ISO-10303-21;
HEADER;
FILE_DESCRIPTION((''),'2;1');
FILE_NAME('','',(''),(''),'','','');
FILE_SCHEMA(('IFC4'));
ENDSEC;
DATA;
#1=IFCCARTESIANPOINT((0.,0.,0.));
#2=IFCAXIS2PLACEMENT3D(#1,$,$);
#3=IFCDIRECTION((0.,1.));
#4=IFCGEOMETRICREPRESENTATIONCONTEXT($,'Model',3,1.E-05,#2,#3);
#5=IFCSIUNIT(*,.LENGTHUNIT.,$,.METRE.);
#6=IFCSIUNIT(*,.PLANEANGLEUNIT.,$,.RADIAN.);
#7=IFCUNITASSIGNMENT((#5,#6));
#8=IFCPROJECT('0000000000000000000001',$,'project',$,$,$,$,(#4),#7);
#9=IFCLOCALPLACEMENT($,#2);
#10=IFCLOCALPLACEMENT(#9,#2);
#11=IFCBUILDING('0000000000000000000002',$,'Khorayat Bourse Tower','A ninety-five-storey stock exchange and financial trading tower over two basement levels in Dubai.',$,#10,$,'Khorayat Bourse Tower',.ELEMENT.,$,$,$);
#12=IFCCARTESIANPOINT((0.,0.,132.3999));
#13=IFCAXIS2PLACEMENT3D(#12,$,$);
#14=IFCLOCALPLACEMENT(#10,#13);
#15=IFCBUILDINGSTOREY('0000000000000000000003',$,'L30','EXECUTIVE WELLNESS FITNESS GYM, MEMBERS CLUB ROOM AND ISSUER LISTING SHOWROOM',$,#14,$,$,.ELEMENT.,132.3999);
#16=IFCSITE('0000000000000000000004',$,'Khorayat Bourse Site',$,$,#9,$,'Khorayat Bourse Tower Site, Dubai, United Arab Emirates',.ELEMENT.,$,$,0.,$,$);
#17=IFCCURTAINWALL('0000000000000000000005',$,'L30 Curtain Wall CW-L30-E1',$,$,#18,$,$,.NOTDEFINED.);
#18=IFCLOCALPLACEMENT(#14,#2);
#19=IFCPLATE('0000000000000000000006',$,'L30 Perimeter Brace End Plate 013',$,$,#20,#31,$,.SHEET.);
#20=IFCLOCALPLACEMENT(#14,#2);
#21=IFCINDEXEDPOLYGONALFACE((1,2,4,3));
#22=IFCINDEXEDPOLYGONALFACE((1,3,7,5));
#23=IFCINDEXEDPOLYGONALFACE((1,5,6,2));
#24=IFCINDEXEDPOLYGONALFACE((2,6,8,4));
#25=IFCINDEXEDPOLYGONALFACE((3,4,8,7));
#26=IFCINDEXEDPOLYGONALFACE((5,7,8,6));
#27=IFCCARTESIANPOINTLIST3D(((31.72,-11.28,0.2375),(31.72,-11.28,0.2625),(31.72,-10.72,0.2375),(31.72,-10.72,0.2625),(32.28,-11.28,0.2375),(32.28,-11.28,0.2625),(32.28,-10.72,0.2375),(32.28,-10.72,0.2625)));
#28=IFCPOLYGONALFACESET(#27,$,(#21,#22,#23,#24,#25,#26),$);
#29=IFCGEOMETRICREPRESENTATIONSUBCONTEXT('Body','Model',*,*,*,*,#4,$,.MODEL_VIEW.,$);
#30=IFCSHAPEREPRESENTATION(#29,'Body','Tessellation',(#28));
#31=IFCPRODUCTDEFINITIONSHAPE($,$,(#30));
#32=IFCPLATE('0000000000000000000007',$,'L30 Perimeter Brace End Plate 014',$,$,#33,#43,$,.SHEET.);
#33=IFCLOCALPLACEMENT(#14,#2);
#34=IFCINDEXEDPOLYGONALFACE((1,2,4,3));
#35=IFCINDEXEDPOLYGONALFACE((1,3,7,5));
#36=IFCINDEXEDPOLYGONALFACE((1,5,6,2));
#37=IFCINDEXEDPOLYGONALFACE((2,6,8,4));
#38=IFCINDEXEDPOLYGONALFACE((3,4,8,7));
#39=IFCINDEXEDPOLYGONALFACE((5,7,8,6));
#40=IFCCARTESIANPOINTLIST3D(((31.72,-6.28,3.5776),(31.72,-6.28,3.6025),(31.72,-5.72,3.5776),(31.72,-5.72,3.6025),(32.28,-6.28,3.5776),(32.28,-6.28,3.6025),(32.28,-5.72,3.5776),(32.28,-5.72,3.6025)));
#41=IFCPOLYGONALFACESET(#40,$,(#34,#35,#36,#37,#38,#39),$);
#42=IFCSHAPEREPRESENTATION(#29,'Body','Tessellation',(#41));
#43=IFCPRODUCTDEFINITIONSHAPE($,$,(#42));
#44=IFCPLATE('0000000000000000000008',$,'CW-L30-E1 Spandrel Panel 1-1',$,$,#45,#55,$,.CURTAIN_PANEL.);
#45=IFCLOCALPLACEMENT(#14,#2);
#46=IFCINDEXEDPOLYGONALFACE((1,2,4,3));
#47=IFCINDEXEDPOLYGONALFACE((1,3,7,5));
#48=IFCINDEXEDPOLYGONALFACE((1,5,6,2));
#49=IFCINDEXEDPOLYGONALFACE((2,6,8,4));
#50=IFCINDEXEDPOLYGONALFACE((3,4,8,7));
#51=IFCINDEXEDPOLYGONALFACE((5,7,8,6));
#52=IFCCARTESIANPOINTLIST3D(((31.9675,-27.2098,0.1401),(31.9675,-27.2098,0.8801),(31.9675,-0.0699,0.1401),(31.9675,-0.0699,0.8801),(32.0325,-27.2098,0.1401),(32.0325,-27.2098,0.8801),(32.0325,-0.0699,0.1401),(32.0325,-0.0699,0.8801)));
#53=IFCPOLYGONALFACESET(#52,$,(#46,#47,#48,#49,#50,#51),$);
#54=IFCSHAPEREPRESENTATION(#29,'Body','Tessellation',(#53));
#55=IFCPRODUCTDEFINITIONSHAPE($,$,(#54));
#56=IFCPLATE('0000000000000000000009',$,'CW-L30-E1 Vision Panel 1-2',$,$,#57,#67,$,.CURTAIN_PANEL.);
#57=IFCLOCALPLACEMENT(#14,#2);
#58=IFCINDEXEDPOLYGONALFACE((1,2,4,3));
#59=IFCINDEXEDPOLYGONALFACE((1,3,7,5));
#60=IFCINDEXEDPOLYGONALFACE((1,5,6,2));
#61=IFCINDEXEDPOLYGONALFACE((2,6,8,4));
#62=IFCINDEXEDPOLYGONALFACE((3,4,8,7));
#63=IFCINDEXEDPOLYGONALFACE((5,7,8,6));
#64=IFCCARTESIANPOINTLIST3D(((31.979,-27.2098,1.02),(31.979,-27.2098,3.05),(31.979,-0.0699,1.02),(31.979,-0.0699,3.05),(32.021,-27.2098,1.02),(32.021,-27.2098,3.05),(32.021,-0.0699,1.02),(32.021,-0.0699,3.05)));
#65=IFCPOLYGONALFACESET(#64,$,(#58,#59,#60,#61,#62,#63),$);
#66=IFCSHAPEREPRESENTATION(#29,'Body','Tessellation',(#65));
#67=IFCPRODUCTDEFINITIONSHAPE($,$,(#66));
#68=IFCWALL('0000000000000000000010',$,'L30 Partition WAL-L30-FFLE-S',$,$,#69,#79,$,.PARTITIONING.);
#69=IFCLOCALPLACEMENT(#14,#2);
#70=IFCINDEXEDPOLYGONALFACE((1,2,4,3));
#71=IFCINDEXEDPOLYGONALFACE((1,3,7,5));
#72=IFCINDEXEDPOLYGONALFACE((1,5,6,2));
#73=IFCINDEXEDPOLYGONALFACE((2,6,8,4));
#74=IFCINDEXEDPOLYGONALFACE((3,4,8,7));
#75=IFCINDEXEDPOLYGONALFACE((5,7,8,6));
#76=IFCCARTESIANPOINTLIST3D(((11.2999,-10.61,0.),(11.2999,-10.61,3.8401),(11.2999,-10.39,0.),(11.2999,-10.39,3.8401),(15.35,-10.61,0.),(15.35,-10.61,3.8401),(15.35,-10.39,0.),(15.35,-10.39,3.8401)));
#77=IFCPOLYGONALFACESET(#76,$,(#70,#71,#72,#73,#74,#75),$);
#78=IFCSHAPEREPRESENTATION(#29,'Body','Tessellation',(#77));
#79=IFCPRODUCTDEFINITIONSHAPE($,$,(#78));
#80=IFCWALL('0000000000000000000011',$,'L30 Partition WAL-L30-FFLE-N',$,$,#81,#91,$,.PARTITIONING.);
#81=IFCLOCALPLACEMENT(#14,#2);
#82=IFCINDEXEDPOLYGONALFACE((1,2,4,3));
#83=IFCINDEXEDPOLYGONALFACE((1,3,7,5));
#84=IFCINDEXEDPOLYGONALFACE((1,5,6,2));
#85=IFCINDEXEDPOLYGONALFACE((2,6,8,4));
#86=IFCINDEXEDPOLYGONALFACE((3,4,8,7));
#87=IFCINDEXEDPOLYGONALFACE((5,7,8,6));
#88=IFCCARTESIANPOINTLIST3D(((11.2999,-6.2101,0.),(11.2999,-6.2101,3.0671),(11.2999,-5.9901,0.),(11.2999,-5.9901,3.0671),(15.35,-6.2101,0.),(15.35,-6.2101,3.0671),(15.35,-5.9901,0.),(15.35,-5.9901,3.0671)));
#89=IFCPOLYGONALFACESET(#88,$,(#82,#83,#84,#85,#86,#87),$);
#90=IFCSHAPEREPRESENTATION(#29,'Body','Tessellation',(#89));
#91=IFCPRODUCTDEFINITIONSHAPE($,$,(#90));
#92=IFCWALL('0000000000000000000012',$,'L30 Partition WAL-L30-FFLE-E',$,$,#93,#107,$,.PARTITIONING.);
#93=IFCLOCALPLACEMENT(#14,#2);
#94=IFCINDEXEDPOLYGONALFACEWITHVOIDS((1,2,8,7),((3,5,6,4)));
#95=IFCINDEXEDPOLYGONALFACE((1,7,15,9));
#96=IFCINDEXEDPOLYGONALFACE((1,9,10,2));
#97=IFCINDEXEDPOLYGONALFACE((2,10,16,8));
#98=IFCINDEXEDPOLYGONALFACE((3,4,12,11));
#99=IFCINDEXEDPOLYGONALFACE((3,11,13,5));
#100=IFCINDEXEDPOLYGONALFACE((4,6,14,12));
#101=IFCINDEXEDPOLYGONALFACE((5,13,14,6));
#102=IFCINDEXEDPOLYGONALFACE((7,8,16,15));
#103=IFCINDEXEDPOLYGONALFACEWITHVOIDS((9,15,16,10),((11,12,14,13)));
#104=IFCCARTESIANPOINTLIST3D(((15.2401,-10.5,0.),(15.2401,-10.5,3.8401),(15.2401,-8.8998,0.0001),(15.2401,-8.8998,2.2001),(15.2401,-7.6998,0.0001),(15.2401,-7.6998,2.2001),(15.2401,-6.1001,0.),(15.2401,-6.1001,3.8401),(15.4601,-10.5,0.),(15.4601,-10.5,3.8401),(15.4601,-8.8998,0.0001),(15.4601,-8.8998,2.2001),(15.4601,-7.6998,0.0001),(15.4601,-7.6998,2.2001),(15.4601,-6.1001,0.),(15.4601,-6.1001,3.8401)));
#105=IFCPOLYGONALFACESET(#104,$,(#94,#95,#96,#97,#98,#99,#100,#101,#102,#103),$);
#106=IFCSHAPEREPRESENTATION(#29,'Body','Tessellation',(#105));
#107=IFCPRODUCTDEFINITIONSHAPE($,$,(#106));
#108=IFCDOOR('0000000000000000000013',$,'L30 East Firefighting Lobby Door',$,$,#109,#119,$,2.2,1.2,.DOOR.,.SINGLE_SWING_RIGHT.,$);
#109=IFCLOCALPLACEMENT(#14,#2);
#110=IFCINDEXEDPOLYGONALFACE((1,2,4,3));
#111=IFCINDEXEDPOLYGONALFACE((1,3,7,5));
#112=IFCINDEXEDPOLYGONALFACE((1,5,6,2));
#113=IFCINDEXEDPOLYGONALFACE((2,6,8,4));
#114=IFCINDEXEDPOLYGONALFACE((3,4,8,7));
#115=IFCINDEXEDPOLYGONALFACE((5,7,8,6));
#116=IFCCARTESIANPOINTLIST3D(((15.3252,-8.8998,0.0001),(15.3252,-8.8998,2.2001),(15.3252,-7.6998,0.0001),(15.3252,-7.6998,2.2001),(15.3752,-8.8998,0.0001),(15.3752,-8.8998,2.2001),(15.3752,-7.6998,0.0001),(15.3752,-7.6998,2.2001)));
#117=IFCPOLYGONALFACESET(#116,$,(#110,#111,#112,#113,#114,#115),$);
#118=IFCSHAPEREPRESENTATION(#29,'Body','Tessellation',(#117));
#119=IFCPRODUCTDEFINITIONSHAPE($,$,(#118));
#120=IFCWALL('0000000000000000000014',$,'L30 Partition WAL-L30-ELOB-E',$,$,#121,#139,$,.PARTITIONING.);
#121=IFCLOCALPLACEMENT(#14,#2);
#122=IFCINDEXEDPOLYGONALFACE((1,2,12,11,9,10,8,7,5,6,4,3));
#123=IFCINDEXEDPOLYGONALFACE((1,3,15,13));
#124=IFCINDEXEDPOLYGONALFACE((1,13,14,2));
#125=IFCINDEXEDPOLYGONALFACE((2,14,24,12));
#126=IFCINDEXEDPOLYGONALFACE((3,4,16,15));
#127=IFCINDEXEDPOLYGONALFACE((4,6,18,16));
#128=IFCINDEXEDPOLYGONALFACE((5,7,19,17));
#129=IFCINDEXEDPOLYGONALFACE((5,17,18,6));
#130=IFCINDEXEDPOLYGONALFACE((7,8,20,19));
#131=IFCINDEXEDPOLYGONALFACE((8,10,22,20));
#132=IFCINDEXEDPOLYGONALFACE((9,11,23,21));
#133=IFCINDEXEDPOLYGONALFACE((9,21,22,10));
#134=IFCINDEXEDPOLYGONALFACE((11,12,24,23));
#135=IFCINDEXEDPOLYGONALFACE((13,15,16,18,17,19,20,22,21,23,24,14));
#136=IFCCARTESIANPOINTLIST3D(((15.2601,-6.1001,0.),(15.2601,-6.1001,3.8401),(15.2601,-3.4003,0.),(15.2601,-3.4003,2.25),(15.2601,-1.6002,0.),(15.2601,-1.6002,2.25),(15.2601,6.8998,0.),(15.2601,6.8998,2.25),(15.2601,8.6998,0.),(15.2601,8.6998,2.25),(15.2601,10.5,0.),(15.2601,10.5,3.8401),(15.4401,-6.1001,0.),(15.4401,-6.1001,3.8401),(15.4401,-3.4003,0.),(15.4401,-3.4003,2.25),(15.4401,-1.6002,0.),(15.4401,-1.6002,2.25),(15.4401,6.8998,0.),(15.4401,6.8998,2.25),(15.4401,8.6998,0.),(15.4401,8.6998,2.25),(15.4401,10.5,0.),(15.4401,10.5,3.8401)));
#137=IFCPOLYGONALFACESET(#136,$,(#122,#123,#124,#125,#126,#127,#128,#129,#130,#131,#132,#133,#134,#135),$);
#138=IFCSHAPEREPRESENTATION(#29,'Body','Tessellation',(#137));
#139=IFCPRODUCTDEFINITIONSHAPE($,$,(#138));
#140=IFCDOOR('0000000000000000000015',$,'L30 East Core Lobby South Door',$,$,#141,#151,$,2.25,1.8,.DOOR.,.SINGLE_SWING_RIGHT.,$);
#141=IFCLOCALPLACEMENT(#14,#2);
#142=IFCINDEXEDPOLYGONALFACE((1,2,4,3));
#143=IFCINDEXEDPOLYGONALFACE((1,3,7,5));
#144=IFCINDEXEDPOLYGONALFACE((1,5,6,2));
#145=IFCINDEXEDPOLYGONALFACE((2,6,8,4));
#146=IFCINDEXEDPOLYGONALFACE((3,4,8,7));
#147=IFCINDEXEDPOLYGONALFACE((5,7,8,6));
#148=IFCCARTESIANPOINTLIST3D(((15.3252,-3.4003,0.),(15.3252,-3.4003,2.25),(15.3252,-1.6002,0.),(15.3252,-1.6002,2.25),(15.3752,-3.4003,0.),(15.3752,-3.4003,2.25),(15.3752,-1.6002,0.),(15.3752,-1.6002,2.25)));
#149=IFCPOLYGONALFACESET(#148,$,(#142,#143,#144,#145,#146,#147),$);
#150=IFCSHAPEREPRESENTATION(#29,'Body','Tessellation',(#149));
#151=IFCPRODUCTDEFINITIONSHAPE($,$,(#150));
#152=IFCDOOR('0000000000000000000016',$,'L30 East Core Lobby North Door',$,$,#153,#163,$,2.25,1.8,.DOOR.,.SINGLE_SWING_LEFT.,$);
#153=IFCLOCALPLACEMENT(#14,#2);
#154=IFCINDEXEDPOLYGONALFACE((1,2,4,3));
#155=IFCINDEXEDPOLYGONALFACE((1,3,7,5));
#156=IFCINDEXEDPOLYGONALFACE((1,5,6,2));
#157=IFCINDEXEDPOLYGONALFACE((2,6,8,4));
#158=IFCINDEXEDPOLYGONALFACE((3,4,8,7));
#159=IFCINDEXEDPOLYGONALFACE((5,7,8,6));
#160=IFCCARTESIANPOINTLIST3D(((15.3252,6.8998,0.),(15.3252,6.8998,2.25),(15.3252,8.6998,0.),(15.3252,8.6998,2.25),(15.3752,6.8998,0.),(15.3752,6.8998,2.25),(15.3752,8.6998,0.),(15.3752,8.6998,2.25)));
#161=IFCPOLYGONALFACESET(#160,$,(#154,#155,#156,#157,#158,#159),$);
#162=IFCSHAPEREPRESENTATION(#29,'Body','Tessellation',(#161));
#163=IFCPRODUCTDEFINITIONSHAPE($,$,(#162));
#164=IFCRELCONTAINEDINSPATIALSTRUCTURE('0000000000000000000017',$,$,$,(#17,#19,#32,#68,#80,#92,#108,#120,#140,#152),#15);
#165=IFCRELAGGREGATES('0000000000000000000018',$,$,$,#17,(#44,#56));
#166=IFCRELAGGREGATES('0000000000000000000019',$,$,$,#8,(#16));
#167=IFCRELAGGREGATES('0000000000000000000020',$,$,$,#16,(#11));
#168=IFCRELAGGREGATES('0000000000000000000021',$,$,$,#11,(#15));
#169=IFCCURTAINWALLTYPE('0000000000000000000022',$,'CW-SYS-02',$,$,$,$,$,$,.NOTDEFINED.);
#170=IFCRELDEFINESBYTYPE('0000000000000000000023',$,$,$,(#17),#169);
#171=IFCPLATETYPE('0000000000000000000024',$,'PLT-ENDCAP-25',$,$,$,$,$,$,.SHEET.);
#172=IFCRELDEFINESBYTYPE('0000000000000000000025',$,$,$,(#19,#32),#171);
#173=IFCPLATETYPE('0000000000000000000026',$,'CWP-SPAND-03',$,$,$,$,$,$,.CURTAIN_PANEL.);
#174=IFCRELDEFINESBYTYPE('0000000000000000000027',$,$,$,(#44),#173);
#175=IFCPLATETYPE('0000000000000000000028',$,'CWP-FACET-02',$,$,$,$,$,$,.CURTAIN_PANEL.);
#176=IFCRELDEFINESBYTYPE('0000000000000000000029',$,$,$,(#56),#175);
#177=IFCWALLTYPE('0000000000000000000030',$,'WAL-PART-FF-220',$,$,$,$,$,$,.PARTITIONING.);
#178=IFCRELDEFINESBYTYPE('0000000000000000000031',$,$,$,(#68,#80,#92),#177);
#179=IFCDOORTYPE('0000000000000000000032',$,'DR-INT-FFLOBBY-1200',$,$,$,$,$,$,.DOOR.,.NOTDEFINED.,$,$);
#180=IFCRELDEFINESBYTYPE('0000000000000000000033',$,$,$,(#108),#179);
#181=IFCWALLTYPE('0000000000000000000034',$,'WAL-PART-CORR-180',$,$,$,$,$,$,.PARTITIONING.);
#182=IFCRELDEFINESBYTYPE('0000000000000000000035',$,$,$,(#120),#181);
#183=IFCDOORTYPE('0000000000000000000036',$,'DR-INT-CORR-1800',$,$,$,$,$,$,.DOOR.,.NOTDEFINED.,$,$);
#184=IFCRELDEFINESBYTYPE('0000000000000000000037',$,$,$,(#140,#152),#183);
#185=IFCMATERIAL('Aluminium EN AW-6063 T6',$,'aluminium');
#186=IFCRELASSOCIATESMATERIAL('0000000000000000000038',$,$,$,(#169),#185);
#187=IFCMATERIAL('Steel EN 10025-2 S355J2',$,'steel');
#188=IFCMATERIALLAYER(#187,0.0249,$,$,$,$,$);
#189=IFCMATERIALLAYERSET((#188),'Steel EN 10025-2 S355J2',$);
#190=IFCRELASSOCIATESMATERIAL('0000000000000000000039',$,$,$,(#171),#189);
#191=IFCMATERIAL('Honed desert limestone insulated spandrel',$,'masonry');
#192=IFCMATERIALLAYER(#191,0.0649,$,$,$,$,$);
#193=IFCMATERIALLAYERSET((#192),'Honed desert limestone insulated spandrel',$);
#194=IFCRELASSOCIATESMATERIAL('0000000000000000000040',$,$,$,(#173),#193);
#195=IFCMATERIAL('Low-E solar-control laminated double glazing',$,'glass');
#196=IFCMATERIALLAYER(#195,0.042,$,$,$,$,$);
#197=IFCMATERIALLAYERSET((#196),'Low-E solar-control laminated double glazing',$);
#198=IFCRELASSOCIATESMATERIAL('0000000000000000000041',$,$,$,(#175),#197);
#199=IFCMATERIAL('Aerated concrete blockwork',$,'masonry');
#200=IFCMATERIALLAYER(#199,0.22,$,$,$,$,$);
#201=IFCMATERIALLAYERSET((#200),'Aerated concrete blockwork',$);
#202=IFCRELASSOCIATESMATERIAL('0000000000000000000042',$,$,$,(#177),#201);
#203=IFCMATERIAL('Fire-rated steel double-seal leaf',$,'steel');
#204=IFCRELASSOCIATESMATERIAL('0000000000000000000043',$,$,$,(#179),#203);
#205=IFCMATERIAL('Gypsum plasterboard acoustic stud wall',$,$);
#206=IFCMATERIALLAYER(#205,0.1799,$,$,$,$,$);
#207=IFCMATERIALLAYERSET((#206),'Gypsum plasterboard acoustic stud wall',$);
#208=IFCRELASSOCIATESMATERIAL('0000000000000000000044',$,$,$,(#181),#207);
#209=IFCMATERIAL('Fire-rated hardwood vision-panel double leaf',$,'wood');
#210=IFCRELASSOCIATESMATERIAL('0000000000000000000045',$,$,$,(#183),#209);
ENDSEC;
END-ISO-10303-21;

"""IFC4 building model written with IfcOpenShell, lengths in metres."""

from ifc_helpers import new_model, si_unit, direction, frame, frame_2d, origin, origin_2d, place, context, subcontext, project, spatial, rectangle, extrude, source, transform, mapped, material, layer, layer_set, type_object, element, fill, aggregate, save


model = new_model("IFC4")

# Units and contexts
model_context = context("Model", 3, precision=1e-05, world=origin(), true_north=direction((0.0, 1.0)))
body_context = subcontext(model_context, "Body", "Model", "MODEL_VIEW")
ifc_project = project(units=[si_unit("LENGTHUNIT", "METRE"), si_unit("PLANEANGLEUNIT", "RADIAN")], contexts=[model_context])

# Site, building, storey
site_placement = place(None, origin())
site = spatial("IfcSite", under=ifc_project, at=site_placement, Name="Khorayat Bourse Site", LongName="Khorayat Bourse Tower Site, Dubai, United Arab Emirates", CompositionType="ELEMENT", RefElevation=0.0)
building_placement = place(site_placement, origin())
building = spatial("IfcBuilding", under=site, at=building_placement, Name="Khorayat Bourse Tower", Description="A ninety-five-storey stock exchange and financial trading tower over two basement levels in Dubai.", LongName="Khorayat Bourse Tower", CompositionType="ELEMENT")
storey_placement = place(building_placement, frame((0.0, 0.0, 132.3999)))
storey = spatial("IfcBuildingStorey", under=building, at=storey_placement, Name="L30", Description="EXECUTIVE WELLNESS FITNESS GYM, MEMBERS CLUB ROOM AND ISSUER LISTING SHOWROOM", CompositionType="ELEMENT", Elevation=132.3999)

# Curtain wall
ifc_material_1 = material(Name="Aluminium EN AW-6063 T6", Category="aluminium")
curtain_wall_type = type_object("IfcCurtainWallType", Name="CW-SYS-02", PredefinedType="NOTDEFINED", material=ifc_material_1)
curtain_wall_placement = place(storey_placement, origin())
curtain_wall = element("IfcCurtainWall", 1, at=curtain_wall_placement, inside=storey, type_object=curtain_wall_type, Name="L30 Curtain Wall CW-L30-E1", PredefinedType="NOTDEFINED")

# Plates
ifc_material_2 = material(Name="Steel EN 10025-2 S355J2", Category="steel")
ifc_layer_1 = layer(ifc_material_2, 0.0249)
ifc_layer_set_1 = layer_set([ifc_layer_1], Name="Steel EN 10025-2 S355J2")
plate_type_1 = type_object("IfcPlateType", Name="PLT-ENDCAP-25", PredefinedType="SHEET", material=ifc_layer_set_1)
shared_shape_1 = source(origin(), body_context, "Body", "SweptSolid", [
    extrude(rectangle(XDim=0.5601, YDim=0.5601, at=origin_2d()), origin(), (0.0, 0.0, 1.0), 0.0249),
])
for number, where, z_axis, x_axis, name in (
    (2, (32.0, -11.0, 0.2375), (0.0, 0.0, 1.0), (1.0, 0.0, 0.0), "L30 Perimeter Brace End Plate 013"),
    (3, (32.0, -6.0, 3.5776), (0.0, 0.0, 1.0), (1.0, 0.0, 0.0), "L30 Perimeter Brace End Plate 014"),
):
    element("IfcPlate", number, at=place(storey_placement, frame(where, z_axis=z_axis, x_axis=x_axis)), inside=storey, type_object=plate_type_1, Name=name, PredefinedType="SHEET", context=body_context, shape_type="MappedRepresentation", body=[
        mapped(shared_shape_1, transform((0.0, 0.0, 0.0), scale=1.0)),
    ])

# Plates
ifc_material_3 = material(Name="Honed desert limestone insulated spandrel", Category="masonry")
ifc_layer_2 = layer(ifc_material_3, 0.0649)
ifc_layer_set_2 = layer_set([ifc_layer_2], Name="Honed desert limestone insulated spandrel")
plate_type_2 = type_object("IfcPlateType", Name="CWP-SPAND-03", PredefinedType="CURTAIN_PANEL", material=ifc_layer_set_2)
shared_shape_2 = source(origin(), body_context, "Body", "SweptSolid", [
    extrude(rectangle(XDim=27.1399, YDim=0.0649, at=origin_2d()), origin(), (0.0, 0.0, 1.0), 0.74),
])
plate_1_placement = place(storey_placement, frame((32.0, -13.6399, 0.1401), z_axis=(0.0, 0.0, 1.0), x_axis=(0.0, 1.0, 0.0)))
plate_1 = element("IfcPlate", 4, at=plate_1_placement, type_object=plate_type_2, Name="CW-L30-E1 Spandrel Panel 1-1", PredefinedType="CURTAIN_PANEL", context=body_context, shape_type="MappedRepresentation", body=[
    mapped(shared_shape_2, transform((0.0, 0.0, 0.0), scale=1.0)),
])
ifc_material_4 = material(Name="Low-E solar-control laminated double glazing", Category="glass")
ifc_layer_3 = layer(ifc_material_4, 0.042)
ifc_layer_set_3 = layer_set([ifc_layer_3], Name="Low-E solar-control laminated double glazing")
plate_type_3 = type_object("IfcPlateType", Name="CWP-FACET-02", PredefinedType="CURTAIN_PANEL", material=ifc_layer_set_3)
shared_shape_3 = source(origin(), body_context, "Body", "SweptSolid", [
    extrude(rectangle(XDim=27.1399, YDim=0.042, at=origin_2d()), origin(), (0.0, 0.0, 1.0), 2.03),
])
plate_2_placement = place(storey_placement, frame((32.0, -13.6399, 1.02), z_axis=(0.0, 0.0, 1.0), x_axis=(0.0, 1.0, 0.0)))
plate_2 = element("IfcPlate", 5, at=plate_2_placement, type_object=plate_type_3, Name="CW-L30-E1 Vision Panel 1-2", PredefinedType="CURTAIN_PANEL", context=body_context, shape_type="MappedRepresentation", body=[
    mapped(shared_shape_3, transform((0.0, 0.0, 0.0), scale=1.0)),
])
aggregate(curtain_wall, [plate_1, plate_2])

# Walls
ifc_material_5 = material(Name="Aerated concrete blockwork", Category="masonry")
ifc_layer_4 = layer(ifc_material_5, 0.22)
ifc_layer_set_4 = layer_set([ifc_layer_4], Name="Aerated concrete blockwork")
wall_type_1 = type_object("IfcWallType", Name="WAL-PART-FF-220", PredefinedType="PARTITIONING", material=ifc_layer_set_4)
shared_shape_4 = source(origin(), body_context, "Body", "SweptSolid", [
    extrude(rectangle(XDim=4.05, YDim=0.22, at=frame_2d((2.0249, 0.0))), origin(), (0.0, 0.0, 1.0), 3.8401),
])
wall_1_placement = place(storey_placement, frame((11.3, -10.5, 0.0), z_axis=(0.0, 0.0, 1.0), x_axis=(1.0, 0.0, 0.0)))
element("IfcWall", 6, at=wall_1_placement, inside=storey, type_object=wall_type_1, Name="L30 Partition WAL-L30-FFLE-S", PredefinedType="PARTITIONING", context=body_context, shape_type="MappedRepresentation", body=[
    mapped(shared_shape_4, transform((0.0, 0.0, 0.0), scale=1.0)),
])
shared_shape_5 = source(origin(), body_context, "Body", "SweptSolid", [
    extrude(rectangle(XDim=4.05, YDim=0.22, at=frame_2d((2.0249, 0.0))), origin(), (0.0, 0.0, 1.0), 3.0671),
])
wall_2_placement = place(storey_placement, frame((11.3, -6.1001, 0.0), z_axis=(0.0, 0.0, 1.0), x_axis=(1.0, 0.0, 0.0)))
element("IfcWall", 7, at=wall_2_placement, inside=storey, type_object=wall_type_1, Name="L30 Partition WAL-L30-FFLE-N", PredefinedType="PARTITIONING", context=body_context, shape_type="MappedRepresentation", body=[
    mapped(shared_shape_5, transform((0.0, 0.0, 0.0), scale=1.0)),
])

# Wall, opening, door
shared_shape_6 = source(origin(), body_context, "Body", "SweptSolid", [
    extrude(rectangle(XDim=4.3999, YDim=0.22, at=frame_2d((2.2, 0.0))), origin(), (0.0, 0.0, 1.0), 3.8401),
])
wall_3_placement = place(storey_placement, frame((15.3501, -10.5, 0.0), z_axis=(0.0, 0.0, 1.0), x_axis=(0.0, 1.0, 0.0)))
wall_3 = element("IfcWall", 8, at=wall_3_placement, inside=storey, type_object=wall_type_1, Name="L30 Partition WAL-L30-FFLE-E", PredefinedType="PARTITIONING", context=body_context, shape_type="MappedRepresentation", body=[
    mapped(shared_shape_6, transform((0.0, 0.0, 0.0), scale=1.0)),
])
shared_shape_7 = source(origin(), body_context, "Body", "SweptSolid", [
    extrude(rectangle(XDim=1.2, YDim=2.2, at=frame_2d((0.6001, 1.1001))), frame((0.0, 0.1199, 0.0), z_axis=(0.0, -1.0, 0.0), x_axis=(1.0, 0.0, 0.0)), (0.0, 0.0, 1.0), 0.24),
])
opening_1_placement = place(wall_3_placement, frame((1.6001, 0.0, 0.0)))
opening_1 = element("IfcOpeningElement", 9, at=opening_1_placement, cuts=wall_3, PredefinedType="OPENING", context=body_context, shape_type="MappedRepresentation", body=[
    mapped(shared_shape_7, transform((0.0, 0.0, 0.0), scale=1.0)),
])
ifc_material_6 = material(Name="Fire-rated steel double-seal leaf", Category="steel")
door_type_1 = type_object("IfcDoorType", Name="DR-INT-FFLOBBY-1200", OperationType="NOTDEFINED", PredefinedType="DOOR", material=ifc_material_6)
shared_shape_8 = source(origin(), body_context, "Body", "SweptSolid", [
    extrude(rectangle(XDim=1.2, YDim=2.2, at=frame_2d((0.6001, 1.1001))), frame((0.0, 0.0249, 0.0), z_axis=(0.0, -1.0, 0.0), x_axis=(1.0, 0.0, 0.0)), (0.0, 0.0, 1.0), 0.05),
])
door_1_placement = place(opening_1_placement, origin())
door_1 = element("IfcDoor", 10, at=door_1_placement, inside=storey, type_object=door_type_1, Name="L30 East Firefighting Lobby Door", OperationType="SINGLE_SWING_RIGHT", OverallHeight=2.2, OverallWidth=1.2, PredefinedType="DOOR", context=body_context, shape_type="MappedRepresentation", body=[
    mapped(shared_shape_8, transform((0.0, 0.0, 0.0), scale=1.0)),
])
fill(opening_1, door_1)

# Wall, openings, doors
ifc_material_7 = material(Name="Gypsum plasterboard acoustic stud wall")
ifc_layer_5 = layer(ifc_material_7, 0.1799)
ifc_layer_set_5 = layer_set([ifc_layer_5], Name="Gypsum plasterboard acoustic stud wall")
wall_type_2 = type_object("IfcWallType", Name="WAL-PART-CORR-180", PredefinedType="PARTITIONING", material=ifc_layer_set_5)
shared_shape_9 = source(origin(), body_context, "Body", "SweptSolid", [
    extrude(rectangle(XDim=16.6001, YDim=0.1799, at=frame_2d((8.3, 0.0))), origin(), (0.0, 0.0, 1.0), 3.8401),
])
wall_4_placement = place(storey_placement, frame((15.3501, -6.1001, 0.0), z_axis=(0.0, 0.0, 1.0), x_axis=(0.0, 1.0, 0.0)))
wall_4 = element("IfcWall", 11, at=wall_4_placement, inside=storey, type_object=wall_type_2, Name="L30 Partition WAL-L30-ELOB-E", PredefinedType="PARTITIONING", context=body_context, shape_type="MappedRepresentation", body=[
    mapped(shared_shape_9, transform((0.0, 0.0, 0.0), scale=1.0)),
])
shared_shape_10 = source(origin(), body_context, "Body", "SweptSolid", [
    extrude(rectangle(XDim=1.8, YDim=2.25, at=frame_2d((0.8999, 1.125))), frame((0.0, 0.0999, 0.0), z_axis=(0.0, -1.0, 0.0), x_axis=(1.0, 0.0, 0.0)), (0.0, 0.0, 1.0), 0.2),
])
opening_2_placement = place(wall_4_placement, frame((2.7, 0.0, 0.0)))
opening_2 = element("IfcOpeningElement", 12, at=opening_2_placement, cuts=wall_4, PredefinedType="OPENING", context=body_context, shape_type="MappedRepresentation", body=[
    mapped(shared_shape_10, transform((0.0, 0.0, 0.0), scale=1.0)),
])
opening_3_placement = place(wall_4_placement, frame((13.0, 0.0, 0.0)))
opening_3 = element("IfcOpeningElement", 13, at=opening_3_placement, cuts=wall_4, PredefinedType="OPENING", context=body_context, shape_type="MappedRepresentation", body=[
    mapped(shared_shape_10, transform((0.0, 0.0, 0.0), scale=1.0)),
])
ifc_material_8 = material(Name="Fire-rated hardwood vision-panel double leaf", Category="wood")
door_type_2 = type_object("IfcDoorType", Name="DR-INT-CORR-1800", OperationType="NOTDEFINED", PredefinedType="DOOR", material=ifc_material_8)
shared_shape_11 = source(origin(), body_context, "Body", "SweptSolid", [
    extrude(rectangle(XDim=1.8, YDim=2.25, at=frame_2d((0.8999, 1.125))), frame((0.0, 0.0249, 0.0), z_axis=(0.0, -1.0, 0.0), x_axis=(1.0, 0.0, 0.0)), (0.0, 0.0, 1.0), 0.05),
])
door_2_placement = place(opening_2_placement, origin())
door_2 = element("IfcDoor", 14, at=door_2_placement, inside=storey, type_object=door_type_2, Name="L30 East Core Lobby South Door", OperationType="SINGLE_SWING_RIGHT", OverallHeight=2.25, OverallWidth=1.8, PredefinedType="DOOR", context=body_context, shape_type="MappedRepresentation", body=[
    mapped(shared_shape_11, transform((0.0, 0.0, 0.0), scale=1.0)),
])
fill(opening_2, door_2)
door_3_placement = place(opening_3_placement, origin())
door_3 = element("IfcDoor", 15, at=door_3_placement, inside=storey, type_object=door_type_2, Name="L30 East Core Lobby North Door", OperationType="SINGLE_SWING_LEFT", OverallHeight=2.25, OverallWidth=1.8, PredefinedType="DOOR", context=body_context, shape_type="MappedRepresentation", body=[
    mapped(shared_shape_11, transform((0.0, 0.0, 0.0), scale=1.0)),
])
fill(opening_3, door_3)

save(model, "model.ifc")
